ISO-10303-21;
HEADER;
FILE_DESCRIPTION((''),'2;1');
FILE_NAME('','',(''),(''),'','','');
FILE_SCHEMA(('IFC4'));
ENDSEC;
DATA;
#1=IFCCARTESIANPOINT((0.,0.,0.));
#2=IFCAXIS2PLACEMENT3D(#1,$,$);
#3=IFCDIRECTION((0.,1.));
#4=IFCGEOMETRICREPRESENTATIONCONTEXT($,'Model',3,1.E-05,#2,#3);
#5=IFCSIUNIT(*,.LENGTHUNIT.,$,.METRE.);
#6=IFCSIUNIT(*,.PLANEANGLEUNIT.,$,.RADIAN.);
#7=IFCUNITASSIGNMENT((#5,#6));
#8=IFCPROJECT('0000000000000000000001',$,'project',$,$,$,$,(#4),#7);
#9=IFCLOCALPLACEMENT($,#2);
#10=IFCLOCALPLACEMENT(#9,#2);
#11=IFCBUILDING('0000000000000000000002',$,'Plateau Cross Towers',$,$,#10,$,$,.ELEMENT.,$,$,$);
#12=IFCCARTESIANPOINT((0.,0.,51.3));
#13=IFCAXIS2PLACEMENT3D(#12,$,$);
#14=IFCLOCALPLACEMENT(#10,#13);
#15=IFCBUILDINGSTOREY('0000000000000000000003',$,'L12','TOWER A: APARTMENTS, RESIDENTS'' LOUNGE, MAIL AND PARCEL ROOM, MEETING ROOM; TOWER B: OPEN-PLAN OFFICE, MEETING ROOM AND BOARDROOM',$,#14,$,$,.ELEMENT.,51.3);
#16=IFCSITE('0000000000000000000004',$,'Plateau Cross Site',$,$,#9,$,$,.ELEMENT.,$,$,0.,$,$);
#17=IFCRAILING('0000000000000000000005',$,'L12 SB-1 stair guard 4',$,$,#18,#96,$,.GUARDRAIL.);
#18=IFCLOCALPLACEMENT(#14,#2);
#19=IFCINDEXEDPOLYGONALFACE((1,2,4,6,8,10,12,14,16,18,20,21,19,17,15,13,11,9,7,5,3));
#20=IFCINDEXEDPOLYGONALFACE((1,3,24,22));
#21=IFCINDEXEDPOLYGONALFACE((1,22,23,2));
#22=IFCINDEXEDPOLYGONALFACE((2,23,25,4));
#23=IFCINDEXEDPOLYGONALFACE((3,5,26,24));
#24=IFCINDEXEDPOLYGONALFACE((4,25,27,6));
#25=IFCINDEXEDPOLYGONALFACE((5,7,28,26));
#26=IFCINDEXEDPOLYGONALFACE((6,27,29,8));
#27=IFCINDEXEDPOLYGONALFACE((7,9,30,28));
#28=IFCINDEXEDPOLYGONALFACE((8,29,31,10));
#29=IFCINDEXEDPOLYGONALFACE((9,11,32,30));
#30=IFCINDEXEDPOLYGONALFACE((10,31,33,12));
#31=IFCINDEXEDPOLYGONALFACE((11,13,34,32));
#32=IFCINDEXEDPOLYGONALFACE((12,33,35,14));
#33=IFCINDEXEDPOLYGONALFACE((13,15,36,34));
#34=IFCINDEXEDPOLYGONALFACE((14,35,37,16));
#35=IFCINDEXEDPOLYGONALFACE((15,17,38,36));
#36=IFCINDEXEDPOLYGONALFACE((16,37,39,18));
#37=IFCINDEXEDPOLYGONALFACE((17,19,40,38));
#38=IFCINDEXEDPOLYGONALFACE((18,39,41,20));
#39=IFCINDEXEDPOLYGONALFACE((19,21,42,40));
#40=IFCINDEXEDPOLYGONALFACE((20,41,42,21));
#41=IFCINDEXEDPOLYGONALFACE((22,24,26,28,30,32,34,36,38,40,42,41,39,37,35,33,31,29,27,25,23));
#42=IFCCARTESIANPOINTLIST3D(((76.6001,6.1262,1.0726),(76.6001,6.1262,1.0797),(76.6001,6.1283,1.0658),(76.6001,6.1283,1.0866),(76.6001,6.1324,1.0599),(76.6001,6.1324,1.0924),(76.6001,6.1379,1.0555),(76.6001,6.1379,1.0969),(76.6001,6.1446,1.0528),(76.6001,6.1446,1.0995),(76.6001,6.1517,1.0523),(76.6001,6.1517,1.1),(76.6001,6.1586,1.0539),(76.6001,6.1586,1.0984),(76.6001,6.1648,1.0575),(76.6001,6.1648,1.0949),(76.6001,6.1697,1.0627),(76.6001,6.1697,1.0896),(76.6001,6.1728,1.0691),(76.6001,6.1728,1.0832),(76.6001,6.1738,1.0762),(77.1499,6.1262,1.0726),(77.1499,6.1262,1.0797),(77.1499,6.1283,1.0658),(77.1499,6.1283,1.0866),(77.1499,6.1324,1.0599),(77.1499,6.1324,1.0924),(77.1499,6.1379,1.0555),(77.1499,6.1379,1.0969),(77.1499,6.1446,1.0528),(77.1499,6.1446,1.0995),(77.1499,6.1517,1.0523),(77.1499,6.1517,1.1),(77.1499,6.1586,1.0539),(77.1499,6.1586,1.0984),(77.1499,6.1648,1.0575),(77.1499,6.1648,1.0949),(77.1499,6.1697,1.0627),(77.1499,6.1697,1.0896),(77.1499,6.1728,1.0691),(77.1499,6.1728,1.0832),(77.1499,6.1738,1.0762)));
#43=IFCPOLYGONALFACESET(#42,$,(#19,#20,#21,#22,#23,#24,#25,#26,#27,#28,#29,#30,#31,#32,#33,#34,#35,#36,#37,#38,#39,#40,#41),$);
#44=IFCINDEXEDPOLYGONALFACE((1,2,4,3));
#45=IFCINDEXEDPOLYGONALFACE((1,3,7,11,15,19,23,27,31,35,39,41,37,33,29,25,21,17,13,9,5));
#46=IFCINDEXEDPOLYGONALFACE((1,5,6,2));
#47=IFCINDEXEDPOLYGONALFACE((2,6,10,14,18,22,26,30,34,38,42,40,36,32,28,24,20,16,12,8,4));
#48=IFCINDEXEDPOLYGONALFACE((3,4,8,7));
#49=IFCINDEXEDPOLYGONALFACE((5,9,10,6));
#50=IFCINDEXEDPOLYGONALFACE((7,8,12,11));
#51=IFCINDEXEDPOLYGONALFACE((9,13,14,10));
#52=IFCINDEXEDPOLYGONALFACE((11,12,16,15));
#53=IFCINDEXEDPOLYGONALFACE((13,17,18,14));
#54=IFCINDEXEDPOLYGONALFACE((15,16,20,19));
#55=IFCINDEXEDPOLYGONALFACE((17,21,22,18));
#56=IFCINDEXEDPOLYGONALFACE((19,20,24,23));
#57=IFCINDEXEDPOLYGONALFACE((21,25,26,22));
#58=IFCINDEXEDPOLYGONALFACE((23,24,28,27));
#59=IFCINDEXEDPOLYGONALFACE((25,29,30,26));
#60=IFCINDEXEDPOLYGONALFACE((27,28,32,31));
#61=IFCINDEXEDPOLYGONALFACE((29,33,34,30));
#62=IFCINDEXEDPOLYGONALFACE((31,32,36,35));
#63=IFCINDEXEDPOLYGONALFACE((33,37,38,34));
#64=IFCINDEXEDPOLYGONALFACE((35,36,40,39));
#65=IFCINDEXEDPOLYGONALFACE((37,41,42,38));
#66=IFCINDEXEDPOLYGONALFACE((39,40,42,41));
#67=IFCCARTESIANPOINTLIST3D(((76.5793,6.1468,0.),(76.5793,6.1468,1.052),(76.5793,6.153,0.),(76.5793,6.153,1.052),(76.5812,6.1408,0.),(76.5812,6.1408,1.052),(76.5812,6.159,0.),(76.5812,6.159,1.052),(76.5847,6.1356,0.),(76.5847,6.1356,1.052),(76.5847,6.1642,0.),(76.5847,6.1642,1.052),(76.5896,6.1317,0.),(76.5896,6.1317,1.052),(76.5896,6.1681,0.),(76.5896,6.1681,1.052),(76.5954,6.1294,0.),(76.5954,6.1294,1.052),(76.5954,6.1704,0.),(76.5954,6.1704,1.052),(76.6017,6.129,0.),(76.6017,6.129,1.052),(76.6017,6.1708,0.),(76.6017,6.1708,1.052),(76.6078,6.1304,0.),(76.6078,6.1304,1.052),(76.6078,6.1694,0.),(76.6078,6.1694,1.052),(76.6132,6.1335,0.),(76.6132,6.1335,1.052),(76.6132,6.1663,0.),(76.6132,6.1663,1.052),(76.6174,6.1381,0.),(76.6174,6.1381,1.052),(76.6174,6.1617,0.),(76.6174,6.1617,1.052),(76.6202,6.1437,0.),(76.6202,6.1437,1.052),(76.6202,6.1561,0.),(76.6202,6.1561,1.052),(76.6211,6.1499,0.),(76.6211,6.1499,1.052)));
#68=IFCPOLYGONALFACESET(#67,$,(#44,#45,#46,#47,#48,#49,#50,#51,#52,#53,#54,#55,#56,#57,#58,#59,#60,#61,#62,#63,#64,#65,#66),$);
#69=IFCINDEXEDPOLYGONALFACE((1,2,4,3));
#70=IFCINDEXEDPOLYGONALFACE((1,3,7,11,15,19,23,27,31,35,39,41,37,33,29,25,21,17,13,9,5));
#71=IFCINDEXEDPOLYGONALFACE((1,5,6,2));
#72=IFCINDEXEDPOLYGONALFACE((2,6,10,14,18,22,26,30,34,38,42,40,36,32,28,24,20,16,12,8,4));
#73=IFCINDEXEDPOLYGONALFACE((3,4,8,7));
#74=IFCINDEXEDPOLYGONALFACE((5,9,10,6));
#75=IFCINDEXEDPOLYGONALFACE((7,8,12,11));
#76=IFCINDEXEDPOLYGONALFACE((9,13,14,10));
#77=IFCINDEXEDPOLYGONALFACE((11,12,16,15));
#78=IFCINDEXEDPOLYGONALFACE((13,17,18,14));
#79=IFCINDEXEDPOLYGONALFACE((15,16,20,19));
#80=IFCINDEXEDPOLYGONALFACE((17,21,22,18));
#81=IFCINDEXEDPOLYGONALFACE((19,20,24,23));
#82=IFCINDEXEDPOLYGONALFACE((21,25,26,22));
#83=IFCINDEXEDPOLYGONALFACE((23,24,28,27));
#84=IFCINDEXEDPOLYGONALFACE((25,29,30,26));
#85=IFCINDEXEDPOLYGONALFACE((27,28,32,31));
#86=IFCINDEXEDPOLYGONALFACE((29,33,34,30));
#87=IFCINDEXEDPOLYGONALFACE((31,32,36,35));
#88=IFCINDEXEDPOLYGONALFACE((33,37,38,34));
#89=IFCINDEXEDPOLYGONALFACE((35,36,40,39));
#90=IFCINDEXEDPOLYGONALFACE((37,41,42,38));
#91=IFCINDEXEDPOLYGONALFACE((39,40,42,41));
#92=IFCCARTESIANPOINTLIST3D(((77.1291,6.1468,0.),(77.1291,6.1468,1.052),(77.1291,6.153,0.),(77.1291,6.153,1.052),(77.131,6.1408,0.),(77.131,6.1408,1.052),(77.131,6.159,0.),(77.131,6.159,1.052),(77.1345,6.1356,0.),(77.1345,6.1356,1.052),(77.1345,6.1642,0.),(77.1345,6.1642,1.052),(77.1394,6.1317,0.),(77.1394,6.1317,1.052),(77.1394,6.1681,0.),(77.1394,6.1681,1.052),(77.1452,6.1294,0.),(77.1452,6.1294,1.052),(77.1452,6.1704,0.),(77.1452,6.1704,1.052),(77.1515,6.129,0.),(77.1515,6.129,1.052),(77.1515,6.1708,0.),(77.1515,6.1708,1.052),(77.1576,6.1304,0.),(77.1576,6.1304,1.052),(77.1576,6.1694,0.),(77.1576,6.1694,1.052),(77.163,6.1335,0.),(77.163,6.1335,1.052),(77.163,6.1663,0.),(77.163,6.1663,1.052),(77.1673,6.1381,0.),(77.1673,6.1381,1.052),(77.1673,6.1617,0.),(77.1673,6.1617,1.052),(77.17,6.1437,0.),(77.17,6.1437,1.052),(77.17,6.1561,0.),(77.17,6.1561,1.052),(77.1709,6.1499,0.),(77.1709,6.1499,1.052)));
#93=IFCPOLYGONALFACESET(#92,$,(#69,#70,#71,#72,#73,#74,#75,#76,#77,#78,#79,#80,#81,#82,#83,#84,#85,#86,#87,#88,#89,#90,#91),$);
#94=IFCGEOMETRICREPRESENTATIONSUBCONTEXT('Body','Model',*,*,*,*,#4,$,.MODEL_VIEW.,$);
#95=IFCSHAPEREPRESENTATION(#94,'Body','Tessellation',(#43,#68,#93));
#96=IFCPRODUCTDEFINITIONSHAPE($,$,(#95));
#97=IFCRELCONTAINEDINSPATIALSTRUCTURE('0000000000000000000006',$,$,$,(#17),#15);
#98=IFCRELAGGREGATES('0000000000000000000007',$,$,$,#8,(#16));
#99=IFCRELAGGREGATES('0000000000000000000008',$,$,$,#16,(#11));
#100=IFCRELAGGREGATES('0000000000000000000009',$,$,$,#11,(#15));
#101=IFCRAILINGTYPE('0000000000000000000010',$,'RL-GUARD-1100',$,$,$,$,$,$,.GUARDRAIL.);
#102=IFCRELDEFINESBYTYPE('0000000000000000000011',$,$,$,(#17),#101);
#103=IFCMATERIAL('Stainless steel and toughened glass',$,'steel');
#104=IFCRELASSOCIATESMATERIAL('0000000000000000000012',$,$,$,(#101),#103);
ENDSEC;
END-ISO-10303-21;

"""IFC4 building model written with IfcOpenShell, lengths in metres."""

from ifc_helpers import new_model, si_unit, direction, frame, origin, origin_2d, place, context, subcontext, project, spatial, circle, extrude, material, type_object, element, save


model = new_model("IFC4")

# Units and contexts
model_context = context("Model", 3, precision=1e-05, world=origin(), true_north=direction((0.0, 1.0)))
body_context = subcontext(model_context, "Body", "Model", "MODEL_VIEW")
ifc_project = project(units=[si_unit("LENGTHUNIT", "METRE"), si_unit("PLANEANGLEUNIT", "RADIAN")], contexts=[model_context])

# Site, building, storey
site_placement = place(None, origin())
site = spatial("IfcSite", under=ifc_project, at=site_placement, Name="Plateau Cross Site", CompositionType="ELEMENT", RefElevation=0.0)
building_placement = place(site_placement, origin())
building = spatial("IfcBuilding", under=site, at=building_placement, Name="Plateau Cross Towers", CompositionType="ELEMENT")
storey_placement = place(building_placement, frame((0.0, 0.0, 51.3)))
storey = spatial("IfcBuildingStorey", under=building, at=storey_placement, Name="L12", Description="TOWER A: APARTMENTS, RESIDENTS' LOUNGE, MAIL AND PARCEL ROOM, MEETING ROOM; TOWER B: OPEN-PLAN OFFICE, MEETING ROOM AND BOARDROOM", CompositionType="ELEMENT", Elevation=51.3)

# Railing
ifc_material_1 = material(Name="Stainless steel and toughened glass", Category="steel")
railing_type_1 = type_object("IfcRailingType", Name="RL-GUARD-1100", PredefinedType="GUARDRAIL", material=ifc_material_1)
railing_1_placement = place(storey_placement, frame((76.6001, 6.1499, 0.0)))
element("IfcRailing", 1, at=railing_1_placement, inside=storey, type_object=railing_type_1, Name="L12 SB-1 stair guard 4", PredefinedType="GUARDRAIL", context=body_context, shape_type="SweptSolid", body=[
    extrude(circle(Radius=0.0239, at=origin_2d()), frame((0.0, 0.0, 1.0762), z_axis=(1.0, 0.0, 0.0), x_axis=(0.0, 1.0, 0.0)), (0.0, 0.0, 1.0), 0.5498),
    extrude(circle(Radius=0.021, at=origin_2d()), origin(), (0.0, 0.0, 1.0), 1.052),
    extrude(circle(Radius=0.021, at=origin_2d()), frame((0.5498, 0.0, 0.0)), (0.0, 0.0, 1.0), 1.052),
])

save(model, "model.ifc")
